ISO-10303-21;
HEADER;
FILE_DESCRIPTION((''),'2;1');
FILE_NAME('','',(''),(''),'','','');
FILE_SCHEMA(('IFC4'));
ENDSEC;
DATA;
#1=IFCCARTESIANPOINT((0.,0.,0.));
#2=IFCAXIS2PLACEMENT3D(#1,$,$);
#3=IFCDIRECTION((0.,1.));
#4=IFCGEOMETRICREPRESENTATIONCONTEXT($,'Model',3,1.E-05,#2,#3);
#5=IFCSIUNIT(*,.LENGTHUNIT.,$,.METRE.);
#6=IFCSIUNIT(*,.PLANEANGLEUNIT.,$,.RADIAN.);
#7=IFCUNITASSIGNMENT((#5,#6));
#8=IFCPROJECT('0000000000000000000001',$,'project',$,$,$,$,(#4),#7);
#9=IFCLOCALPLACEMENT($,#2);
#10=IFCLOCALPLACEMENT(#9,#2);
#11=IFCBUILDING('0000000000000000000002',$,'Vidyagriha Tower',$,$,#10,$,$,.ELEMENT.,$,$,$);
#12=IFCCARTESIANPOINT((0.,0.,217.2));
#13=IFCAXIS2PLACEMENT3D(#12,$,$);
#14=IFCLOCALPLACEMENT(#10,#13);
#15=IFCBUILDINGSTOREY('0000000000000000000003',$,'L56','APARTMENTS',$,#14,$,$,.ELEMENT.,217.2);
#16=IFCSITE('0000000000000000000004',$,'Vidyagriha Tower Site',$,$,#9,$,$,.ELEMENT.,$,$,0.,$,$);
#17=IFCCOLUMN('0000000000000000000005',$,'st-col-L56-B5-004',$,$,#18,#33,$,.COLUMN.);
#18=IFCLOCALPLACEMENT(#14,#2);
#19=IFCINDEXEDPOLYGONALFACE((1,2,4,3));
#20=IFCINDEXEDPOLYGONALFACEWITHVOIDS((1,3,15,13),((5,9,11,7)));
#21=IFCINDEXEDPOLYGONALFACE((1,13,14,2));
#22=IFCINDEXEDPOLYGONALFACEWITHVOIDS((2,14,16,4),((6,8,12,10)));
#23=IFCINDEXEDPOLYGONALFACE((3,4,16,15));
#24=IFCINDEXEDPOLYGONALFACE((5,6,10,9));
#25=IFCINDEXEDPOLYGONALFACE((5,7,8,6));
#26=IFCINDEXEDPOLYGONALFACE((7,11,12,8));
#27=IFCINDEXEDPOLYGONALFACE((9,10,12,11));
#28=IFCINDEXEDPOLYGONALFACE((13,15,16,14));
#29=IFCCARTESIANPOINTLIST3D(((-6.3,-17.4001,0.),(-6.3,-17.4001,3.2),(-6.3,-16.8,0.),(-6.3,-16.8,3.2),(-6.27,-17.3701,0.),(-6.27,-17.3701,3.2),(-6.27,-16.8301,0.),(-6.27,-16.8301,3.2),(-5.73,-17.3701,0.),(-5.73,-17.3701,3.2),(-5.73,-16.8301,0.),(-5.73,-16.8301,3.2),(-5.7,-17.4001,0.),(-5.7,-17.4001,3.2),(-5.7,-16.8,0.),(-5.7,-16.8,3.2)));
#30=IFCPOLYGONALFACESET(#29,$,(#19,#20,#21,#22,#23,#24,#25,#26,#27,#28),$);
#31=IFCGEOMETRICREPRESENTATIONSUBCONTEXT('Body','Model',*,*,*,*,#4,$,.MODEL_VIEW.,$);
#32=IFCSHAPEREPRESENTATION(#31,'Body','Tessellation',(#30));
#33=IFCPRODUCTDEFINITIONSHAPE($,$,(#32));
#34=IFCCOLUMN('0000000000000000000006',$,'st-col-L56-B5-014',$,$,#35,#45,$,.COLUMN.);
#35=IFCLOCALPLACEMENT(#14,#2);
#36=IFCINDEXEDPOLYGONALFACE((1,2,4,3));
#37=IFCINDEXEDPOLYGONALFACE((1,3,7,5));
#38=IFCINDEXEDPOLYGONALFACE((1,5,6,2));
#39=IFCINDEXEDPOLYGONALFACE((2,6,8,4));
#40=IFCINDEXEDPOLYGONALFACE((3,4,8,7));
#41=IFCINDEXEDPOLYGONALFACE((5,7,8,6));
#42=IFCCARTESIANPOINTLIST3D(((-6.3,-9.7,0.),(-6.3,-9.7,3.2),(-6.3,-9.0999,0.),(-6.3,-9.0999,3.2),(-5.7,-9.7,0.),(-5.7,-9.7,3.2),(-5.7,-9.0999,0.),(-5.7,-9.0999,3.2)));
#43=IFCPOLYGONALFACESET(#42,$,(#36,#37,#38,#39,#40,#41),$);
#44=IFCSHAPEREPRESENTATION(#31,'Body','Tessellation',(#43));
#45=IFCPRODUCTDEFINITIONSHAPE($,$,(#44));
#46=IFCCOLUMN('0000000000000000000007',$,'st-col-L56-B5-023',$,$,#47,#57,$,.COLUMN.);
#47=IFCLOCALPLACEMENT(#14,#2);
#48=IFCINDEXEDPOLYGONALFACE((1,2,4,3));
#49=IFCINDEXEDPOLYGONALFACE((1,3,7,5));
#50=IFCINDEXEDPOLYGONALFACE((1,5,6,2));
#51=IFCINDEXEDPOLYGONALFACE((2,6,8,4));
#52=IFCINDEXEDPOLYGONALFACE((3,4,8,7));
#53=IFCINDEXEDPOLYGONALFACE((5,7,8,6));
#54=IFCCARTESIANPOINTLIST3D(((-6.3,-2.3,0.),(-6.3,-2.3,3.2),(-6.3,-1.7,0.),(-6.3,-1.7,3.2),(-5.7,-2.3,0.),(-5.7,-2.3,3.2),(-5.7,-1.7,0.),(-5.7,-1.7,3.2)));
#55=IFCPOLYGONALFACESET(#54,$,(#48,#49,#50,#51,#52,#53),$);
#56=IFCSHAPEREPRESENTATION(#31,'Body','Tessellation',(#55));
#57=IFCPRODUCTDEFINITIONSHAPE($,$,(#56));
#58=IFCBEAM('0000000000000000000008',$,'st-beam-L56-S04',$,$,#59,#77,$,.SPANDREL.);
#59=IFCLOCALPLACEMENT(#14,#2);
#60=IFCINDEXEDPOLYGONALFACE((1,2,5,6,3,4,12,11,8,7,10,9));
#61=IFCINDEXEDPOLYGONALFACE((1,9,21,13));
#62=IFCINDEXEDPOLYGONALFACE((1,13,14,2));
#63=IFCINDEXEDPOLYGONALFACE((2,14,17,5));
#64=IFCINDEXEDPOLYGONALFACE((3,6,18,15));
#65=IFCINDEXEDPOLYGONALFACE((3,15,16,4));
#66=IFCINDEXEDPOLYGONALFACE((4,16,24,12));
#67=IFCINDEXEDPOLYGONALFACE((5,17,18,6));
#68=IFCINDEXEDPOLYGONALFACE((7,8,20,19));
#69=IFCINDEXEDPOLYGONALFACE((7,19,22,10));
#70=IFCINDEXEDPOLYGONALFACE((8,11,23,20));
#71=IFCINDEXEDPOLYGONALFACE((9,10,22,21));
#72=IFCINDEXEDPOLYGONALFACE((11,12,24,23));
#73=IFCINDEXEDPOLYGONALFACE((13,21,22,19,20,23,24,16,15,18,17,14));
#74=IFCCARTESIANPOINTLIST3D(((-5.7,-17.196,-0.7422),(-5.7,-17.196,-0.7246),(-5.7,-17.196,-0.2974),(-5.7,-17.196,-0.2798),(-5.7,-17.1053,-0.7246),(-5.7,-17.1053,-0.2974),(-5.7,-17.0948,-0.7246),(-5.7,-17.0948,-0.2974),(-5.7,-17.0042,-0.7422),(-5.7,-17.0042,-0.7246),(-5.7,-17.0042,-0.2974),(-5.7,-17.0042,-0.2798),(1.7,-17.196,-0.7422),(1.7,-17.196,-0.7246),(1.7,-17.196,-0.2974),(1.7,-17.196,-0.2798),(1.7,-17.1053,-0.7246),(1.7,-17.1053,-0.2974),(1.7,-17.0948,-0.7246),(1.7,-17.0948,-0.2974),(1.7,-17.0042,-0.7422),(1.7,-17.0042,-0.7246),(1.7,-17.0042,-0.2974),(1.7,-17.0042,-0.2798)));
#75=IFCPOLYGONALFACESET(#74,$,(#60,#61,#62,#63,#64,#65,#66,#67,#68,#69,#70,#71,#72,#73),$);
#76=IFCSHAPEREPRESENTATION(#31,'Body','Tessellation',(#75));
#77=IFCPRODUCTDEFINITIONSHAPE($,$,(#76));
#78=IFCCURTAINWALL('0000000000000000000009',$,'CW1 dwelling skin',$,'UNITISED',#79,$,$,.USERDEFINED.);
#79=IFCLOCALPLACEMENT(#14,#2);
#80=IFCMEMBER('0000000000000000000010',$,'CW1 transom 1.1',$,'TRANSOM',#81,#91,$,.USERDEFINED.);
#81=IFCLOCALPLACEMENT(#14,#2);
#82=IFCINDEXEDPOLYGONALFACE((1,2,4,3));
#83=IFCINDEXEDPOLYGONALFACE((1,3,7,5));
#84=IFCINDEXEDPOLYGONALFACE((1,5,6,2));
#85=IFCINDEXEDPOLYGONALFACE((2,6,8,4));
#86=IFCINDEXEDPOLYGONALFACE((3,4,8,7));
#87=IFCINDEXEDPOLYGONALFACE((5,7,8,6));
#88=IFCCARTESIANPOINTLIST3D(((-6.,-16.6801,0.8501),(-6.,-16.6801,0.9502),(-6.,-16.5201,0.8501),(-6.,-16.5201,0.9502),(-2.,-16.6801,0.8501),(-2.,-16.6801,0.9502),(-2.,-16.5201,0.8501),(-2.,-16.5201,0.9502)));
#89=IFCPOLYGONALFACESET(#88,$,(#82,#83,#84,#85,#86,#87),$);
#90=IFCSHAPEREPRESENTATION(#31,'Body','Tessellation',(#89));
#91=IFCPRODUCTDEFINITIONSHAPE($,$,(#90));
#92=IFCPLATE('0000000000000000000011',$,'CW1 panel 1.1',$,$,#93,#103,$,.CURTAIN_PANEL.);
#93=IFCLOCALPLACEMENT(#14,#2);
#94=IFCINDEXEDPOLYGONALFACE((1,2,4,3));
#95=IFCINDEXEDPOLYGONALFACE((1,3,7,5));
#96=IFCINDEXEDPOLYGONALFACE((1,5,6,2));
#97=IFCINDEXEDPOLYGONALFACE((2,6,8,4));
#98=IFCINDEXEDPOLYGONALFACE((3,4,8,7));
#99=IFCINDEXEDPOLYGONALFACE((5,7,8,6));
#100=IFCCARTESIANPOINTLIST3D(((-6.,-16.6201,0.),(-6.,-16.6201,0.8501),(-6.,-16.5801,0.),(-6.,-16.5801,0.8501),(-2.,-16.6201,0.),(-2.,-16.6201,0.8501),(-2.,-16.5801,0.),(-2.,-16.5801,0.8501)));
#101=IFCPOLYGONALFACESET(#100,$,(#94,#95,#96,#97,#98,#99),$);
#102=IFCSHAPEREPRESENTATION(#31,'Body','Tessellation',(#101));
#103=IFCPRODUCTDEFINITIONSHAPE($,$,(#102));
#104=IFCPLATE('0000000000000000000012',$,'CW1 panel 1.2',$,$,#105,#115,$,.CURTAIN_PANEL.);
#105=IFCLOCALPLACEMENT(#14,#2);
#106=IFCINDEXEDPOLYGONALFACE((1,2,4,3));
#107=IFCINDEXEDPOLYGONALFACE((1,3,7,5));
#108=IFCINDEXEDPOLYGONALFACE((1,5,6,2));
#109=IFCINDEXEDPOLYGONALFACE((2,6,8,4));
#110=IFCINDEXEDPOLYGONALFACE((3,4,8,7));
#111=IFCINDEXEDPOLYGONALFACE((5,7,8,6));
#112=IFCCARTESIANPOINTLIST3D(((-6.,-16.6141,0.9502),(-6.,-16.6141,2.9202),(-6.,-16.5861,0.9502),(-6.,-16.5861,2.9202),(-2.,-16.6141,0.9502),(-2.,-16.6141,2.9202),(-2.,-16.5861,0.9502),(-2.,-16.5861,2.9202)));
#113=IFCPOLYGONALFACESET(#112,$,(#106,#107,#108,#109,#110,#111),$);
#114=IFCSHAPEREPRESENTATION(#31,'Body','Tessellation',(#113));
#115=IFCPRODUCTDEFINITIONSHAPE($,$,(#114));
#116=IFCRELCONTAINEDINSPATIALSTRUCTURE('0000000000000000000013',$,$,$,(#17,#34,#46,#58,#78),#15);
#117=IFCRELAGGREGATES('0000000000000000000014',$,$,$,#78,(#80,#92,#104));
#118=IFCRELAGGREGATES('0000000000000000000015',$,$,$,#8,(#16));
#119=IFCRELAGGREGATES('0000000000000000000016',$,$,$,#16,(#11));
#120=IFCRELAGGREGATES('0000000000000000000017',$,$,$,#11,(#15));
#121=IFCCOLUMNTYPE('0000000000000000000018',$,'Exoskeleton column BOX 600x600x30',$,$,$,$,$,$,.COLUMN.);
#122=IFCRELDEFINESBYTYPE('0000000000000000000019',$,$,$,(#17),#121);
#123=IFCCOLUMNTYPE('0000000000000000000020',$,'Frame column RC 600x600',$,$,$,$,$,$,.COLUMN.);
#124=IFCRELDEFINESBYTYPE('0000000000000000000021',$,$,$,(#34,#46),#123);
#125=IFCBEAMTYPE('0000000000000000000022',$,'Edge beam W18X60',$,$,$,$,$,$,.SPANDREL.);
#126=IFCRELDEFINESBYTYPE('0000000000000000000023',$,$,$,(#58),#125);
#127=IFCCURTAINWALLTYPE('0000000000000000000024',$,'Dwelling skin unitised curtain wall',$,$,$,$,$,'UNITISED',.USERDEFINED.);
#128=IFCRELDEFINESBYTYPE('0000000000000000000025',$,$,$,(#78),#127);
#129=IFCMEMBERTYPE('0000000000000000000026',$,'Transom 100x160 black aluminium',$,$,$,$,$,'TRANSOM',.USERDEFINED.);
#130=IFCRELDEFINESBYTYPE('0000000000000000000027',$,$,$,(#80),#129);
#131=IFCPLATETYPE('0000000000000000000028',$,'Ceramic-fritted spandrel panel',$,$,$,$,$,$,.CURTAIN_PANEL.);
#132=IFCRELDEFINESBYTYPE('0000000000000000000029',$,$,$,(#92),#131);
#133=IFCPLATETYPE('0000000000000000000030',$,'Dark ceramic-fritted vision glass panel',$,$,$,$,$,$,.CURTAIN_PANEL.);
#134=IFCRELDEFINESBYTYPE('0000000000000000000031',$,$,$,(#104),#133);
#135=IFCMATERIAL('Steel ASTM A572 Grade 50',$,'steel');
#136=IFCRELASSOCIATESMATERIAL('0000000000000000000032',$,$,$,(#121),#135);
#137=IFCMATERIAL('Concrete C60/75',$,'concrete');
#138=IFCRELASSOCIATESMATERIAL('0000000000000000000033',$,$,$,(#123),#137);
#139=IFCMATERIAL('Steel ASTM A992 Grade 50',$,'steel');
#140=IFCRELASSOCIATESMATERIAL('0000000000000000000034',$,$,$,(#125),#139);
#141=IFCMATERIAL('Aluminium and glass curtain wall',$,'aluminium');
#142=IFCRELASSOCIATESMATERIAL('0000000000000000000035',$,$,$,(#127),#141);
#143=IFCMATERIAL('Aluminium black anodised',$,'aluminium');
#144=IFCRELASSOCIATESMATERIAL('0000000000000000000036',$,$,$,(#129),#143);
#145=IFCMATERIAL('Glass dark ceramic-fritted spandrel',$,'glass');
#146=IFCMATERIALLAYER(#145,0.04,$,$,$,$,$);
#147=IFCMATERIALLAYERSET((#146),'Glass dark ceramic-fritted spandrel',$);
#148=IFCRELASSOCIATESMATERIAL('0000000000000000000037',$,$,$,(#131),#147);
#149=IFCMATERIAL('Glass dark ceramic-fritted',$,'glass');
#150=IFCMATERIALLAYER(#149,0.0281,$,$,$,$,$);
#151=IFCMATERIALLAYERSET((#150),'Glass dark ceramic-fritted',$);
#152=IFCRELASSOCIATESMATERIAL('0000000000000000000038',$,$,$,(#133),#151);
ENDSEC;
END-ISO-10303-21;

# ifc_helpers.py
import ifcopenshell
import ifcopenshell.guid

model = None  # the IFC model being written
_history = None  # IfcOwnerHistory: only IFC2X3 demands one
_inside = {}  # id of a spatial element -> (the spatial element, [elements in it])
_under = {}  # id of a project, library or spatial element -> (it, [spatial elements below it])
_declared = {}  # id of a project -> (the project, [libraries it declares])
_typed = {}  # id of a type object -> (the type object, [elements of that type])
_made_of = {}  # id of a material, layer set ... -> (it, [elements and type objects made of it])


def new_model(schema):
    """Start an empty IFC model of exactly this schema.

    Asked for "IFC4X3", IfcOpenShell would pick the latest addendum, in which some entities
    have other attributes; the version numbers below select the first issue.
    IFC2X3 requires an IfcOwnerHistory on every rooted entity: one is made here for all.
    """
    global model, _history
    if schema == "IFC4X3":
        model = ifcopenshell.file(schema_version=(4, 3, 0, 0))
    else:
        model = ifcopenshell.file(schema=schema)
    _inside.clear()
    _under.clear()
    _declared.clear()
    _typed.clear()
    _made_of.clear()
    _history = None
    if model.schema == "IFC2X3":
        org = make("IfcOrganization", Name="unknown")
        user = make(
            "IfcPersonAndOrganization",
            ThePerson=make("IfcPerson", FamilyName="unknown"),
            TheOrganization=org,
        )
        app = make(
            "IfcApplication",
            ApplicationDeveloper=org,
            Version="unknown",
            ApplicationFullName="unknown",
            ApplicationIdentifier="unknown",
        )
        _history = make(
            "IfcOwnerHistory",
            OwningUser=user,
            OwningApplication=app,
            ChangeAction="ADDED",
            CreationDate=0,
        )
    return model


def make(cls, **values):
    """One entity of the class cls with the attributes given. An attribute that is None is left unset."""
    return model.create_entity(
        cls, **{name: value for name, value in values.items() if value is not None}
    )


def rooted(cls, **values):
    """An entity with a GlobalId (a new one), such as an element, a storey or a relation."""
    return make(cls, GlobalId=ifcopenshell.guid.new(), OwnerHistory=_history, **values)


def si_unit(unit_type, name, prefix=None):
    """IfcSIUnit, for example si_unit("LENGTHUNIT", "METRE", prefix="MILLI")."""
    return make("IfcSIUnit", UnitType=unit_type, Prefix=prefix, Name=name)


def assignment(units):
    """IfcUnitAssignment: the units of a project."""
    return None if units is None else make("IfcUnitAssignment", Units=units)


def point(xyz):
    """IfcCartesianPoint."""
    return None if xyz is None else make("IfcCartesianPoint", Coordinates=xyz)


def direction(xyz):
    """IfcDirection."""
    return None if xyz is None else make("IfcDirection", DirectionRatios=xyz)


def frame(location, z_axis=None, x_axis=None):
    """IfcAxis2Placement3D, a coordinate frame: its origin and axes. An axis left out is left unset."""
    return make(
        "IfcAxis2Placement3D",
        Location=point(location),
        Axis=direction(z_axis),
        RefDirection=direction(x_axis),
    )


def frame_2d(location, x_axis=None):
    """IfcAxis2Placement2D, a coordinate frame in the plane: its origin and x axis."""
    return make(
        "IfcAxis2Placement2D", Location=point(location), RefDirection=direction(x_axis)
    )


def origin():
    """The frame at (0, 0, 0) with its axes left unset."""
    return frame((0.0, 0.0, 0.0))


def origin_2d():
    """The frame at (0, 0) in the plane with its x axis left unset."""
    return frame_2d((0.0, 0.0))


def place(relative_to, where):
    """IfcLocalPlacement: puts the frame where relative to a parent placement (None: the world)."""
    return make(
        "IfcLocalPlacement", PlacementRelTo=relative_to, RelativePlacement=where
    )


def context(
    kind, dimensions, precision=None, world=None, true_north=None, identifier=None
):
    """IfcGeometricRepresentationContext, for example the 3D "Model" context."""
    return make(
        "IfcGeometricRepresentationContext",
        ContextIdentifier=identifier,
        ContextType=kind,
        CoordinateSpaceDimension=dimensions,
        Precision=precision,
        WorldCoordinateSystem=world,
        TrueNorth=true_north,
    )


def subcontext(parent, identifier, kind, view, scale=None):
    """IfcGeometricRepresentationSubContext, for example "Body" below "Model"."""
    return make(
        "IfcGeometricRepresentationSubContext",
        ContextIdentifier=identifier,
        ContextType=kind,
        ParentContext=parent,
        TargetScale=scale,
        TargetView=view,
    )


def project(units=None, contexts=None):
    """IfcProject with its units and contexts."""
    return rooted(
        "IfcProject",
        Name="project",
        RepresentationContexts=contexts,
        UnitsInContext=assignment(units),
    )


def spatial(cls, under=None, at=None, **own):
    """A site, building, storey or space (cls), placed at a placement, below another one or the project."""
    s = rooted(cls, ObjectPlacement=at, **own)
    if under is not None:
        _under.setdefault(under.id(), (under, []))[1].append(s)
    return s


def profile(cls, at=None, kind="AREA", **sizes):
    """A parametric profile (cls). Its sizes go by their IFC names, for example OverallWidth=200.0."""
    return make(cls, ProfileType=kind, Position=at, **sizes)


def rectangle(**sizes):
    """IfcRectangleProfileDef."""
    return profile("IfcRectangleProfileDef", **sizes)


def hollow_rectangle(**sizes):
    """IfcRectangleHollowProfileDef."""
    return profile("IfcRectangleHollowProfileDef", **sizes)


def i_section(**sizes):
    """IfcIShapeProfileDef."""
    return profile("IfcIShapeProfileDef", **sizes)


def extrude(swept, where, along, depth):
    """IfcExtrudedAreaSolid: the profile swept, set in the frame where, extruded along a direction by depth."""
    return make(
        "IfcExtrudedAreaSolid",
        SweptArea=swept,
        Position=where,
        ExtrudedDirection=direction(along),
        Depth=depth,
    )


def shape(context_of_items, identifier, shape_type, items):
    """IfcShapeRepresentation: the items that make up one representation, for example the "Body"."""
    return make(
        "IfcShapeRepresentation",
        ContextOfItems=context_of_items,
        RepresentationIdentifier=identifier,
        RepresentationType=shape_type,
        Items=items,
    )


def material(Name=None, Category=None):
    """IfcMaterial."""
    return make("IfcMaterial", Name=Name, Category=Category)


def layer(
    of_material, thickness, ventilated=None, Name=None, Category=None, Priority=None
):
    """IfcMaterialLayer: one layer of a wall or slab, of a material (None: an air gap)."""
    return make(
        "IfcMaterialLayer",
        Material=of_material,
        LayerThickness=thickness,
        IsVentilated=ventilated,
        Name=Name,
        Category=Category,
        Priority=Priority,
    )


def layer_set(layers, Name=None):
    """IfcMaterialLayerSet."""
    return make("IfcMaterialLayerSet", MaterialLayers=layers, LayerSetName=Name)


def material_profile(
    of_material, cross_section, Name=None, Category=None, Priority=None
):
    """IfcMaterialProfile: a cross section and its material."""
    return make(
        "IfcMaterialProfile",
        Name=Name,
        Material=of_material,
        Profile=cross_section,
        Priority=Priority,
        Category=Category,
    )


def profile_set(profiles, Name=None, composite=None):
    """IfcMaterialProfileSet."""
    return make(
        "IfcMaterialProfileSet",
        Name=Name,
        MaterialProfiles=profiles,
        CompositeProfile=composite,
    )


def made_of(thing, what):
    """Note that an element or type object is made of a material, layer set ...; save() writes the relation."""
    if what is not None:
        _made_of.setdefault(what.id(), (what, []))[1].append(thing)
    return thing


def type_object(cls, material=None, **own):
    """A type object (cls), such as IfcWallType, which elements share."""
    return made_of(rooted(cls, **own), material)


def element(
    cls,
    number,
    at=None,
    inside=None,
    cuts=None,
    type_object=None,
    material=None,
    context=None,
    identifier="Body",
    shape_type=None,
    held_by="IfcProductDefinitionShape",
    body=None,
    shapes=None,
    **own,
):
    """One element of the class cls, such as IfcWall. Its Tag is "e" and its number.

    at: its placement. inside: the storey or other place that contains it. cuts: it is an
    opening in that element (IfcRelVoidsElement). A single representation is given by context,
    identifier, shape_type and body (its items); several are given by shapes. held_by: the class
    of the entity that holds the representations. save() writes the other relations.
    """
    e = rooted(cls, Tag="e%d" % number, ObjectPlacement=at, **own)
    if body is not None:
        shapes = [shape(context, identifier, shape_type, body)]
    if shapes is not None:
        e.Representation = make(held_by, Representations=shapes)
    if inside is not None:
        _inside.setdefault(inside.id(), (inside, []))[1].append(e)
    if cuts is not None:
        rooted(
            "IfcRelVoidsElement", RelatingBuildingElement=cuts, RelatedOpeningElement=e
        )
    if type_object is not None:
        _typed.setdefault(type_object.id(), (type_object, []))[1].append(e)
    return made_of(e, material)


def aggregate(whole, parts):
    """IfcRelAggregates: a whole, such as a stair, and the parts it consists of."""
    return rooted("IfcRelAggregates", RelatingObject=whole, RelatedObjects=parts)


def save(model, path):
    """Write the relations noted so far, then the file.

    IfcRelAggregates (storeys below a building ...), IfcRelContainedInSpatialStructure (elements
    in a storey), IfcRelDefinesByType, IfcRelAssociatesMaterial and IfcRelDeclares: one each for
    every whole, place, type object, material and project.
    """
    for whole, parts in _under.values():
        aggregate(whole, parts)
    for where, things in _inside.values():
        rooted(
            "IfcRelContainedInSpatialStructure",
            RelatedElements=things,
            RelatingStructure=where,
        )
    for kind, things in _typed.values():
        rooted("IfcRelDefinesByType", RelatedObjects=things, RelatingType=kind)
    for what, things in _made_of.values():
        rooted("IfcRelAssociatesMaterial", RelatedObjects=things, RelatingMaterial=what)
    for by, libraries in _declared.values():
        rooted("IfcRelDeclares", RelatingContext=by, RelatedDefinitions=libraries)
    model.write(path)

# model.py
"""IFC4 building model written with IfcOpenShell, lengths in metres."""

from ifc_helpers import new_model, si_unit, direction, frame, origin, origin_2d, place, context, subcontext, project, spatial, rectangle, hollow_rectangle, i_section, extrude, material, layer, layer_set, material_profile, profile_set, type_object, element, aggregate, save


model = new_model("IFC4")

# Units and contexts
model_context = context("Model", 3, precision=1e-05, world=origin(), true_north=direction((0.0, 1.0)))
body_context = subcontext(model_context, "Body", "Model", "MODEL_VIEW")
ifc_project = project(units=[si_unit("LENGTHUNIT", "METRE"), si_unit("PLANEANGLEUNIT", "RADIAN")], contexts=[model_context])

# Site, building, storey
site_placement = place(None, origin())
site = spatial("IfcSite", under=ifc_project, at=site_placement, Name="Vidyagriha Tower Site", CompositionType="ELEMENT", RefElevation=0.0)
building_placement = place(site_placement, origin())
building = spatial("IfcBuilding", under=site, at=building_placement, Name="Vidyagriha Tower", CompositionType="ELEMENT")
storey_placement = place(building_placement, frame((0.0, 0.0, 217.2)))
storey = spatial("IfcBuildingStorey", under=building, at=storey_placement, Name="L56", Description="APARTMENTS", CompositionType="ELEMENT", Elevation=217.2)

# Columns
ifc_material_1 = material(Name="Steel ASTM A572 Grade 50", Category="steel")
ifc_material_profile_1 = material_profile(ifc_material_1, hollow_rectangle(XDim=0.6001, YDim=0.6001, WallThickness=0.03, at=origin_2d()), Name="BOX 600x600x30")
ifc_profile_set_1 = profile_set([ifc_material_profile_1], Name="Steel ASTM A572 Grade 50")
column_type_1 = type_object("IfcColumnType", Name="Exoskeleton column BOX 600x600x30", PredefinedType="COLUMN", material=ifc_profile_set_1)
column_placement = place(storey_placement, frame((-6.0, -17.1001, 0.0)))
element("IfcColumn", 1, at=column_placement, inside=storey, type_object=column_type_1, Name="st-col-L56-B5-004", PredefinedType="COLUMN", context=body_context, shape_type="SweptSolid", body=[
    extrude(hollow_rectangle(XDim=0.6001, YDim=0.6001, WallThickness=0.03, at=origin_2d()), origin(), (0.0, 0.0, 1.0), 3.2),
])
ifc_material_2 = material(Name="Concrete C60/75", Category="concrete")
ifc_material_profile_2 = material_profile(ifc_material_2, rectangle(XDim=0.6001, YDim=0.6001, at=origin_2d()), Name="RC 600x600")
ifc_profile_set_2 = profile_set([ifc_material_profile_2], Name="Concrete C60/75")
column_type_2 = type_object("IfcColumnType", Name="Frame column RC 600x600", PredefinedType="COLUMN", material=ifc_profile_set_2)
for number, where, name in (
    (2, (-6.0, -9.3999, 0.0), "st-col-L56-B5-014"),
    (3, (-6.0, -2.0, 0.0), "st-col-L56-B5-023"),
):
    element("IfcColumn", number, at=place(storey_placement, frame(where)), inside=storey, type_object=column_type_2, Name=name, PredefinedType="COLUMN", context=body_context, shape_type="SweptSolid", body=[
        extrude(rectangle(XDim=0.6001, YDim=0.6001, at=origin_2d()), origin(), (0.0, 0.0, 1.0), 3.2),
    ])

# Beam
ifc_material_3 = material(Name="Steel ASTM A992 Grade 50", Category="steel")
ifc_material_profile_3 = material_profile(ifc_material_3, i_section(OverallWidth=0.1919, OverallDepth=0.4624, WebThickness=0.0105, FlangeThickness=0.0176, at=origin_2d()), Name="W18X60")
ifc_profile_set_3 = profile_set([ifc_material_profile_3], Name="Steel ASTM A992 Grade 50")
beam_type = type_object("IfcBeamType", Name="Edge beam W18X60", PredefinedType="SPANDREL", material=ifc_profile_set_3)
beam_placement = place(storey_placement, frame((-5.7, -17.1001, -0.511), z_axis=(1.0, 0.0, 0.0), x_axis=(0.0, 1.0, 0.0)))
element("IfcBeam", 4, at=beam_placement, inside=storey, type_object=beam_type, Name="st-beam-L56-S04", PredefinedType="SPANDREL", context=body_context, shape_type="SweptSolid", body=[
    extrude(i_section(OverallWidth=0.1919, OverallDepth=0.4624, WebThickness=0.0105, FlangeThickness=0.0176, at=origin_2d()), origin(), (0.0, 0.0, 1.0), 7.3999),
])

# Curtain wall, member, plates
ifc_material_4 = material(Name="Aluminium and glass curtain wall", Category="aluminium")
curtain_wall_type = type_object("IfcCurtainWallType", Name="Dwelling skin unitised curtain wall", ElementType="UNITISED", PredefinedType="USERDEFINED", material=ifc_material_4)
curtain_wall_placement = place(storey_placement, origin())
curtain_wall = element("IfcCurtainWall", 5, at=curtain_wall_placement, inside=storey, type_object=curtain_wall_type, Name="CW1 dwelling skin", ObjectType="UNITISED", PredefinedType="USERDEFINED")
ifc_material_5 = material(Name="Aluminium black anodised", Category="aluminium")
ifc_material_profile_4 = material_profile(ifc_material_5, rectangle(XDim=0.1599, YDim=0.1001, at=origin_2d()), Name="Transom 100x160 black aluminium")
ifc_profile_set_4 = profile_set([ifc_material_profile_4], Name="Aluminium black anodised")
member_type = type_object("IfcMemberType", Name="Transom 100x160 black aluminium", ElementType="TRANSOM", PredefinedType="USERDEFINED", material=ifc_profile_set_4)
member_placement = place(storey_placement, frame((-6.0, -16.6001, 0.9001), z_axis=(1.0, 0.0, 0.0), x_axis=(0.0, 1.0, 0.0)))
member = element("IfcMember", 6, at=member_placement, type_object=member_type, Name="CW1 transom 1.1", ObjectType="TRANSOM", PredefinedType="USERDEFINED", context=body_context, shape_type="SweptSolid", body=[
    extrude(rectangle(XDim=0.1599, YDim=0.1001, at=origin_2d()), origin(), (0.0, 0.0, 1.0), 4.0),
])
ifc_material_6 = material(Name="Glass dark ceramic-fritted spandrel", Category="glass")
ifc_layer_1 = layer(ifc_material_6, 0.04)
ifc_layer_set_1 = layer_set([ifc_layer_1], Name="Glass dark ceramic-fritted spandrel")
plate_type_1 = type_object("IfcPlateType", Name="Ceramic-fritted spandrel panel", PredefinedType="CURTAIN_PANEL", material=ifc_layer_set_1)
plate_1_placement = place(storey_placement, frame((-4.0, -16.6001, 0.0)))
plate_1 = element("IfcPlate", 7, at=plate_1_placement, type_object=plate_type_1, Name="CW1 panel 1.1", PredefinedType="CURTAIN_PANEL", context=body_context, shape_type="SweptSolid", body=[
    extrude(rectangle(XDim=4.0, YDim=0.04, at=origin_2d()), origin(), (0.0, 0.0, 1.0), 0.8501),
])
ifc_material_7 = material(Name="Glass dark ceramic-fritted", Category="glass")
ifc_layer_2 = layer(ifc_material_7, 0.0281)
ifc_layer_set_2 = layer_set([ifc_layer_2], Name="Glass dark ceramic-fritted")
plate_type_2 = type_object("IfcPlateType", Name="Dark ceramic-fritted vision glass panel", PredefinedType="CURTAIN_PANEL", material=ifc_layer_set_2)
plate_2_placement = place(storey_placement, frame((-4.0, -16.6001, 0.9502)))
plate_2 = element("IfcPlate", 8, at=plate_2_placement, type_object=plate_type_2, Name="CW1 panel 1.2", PredefinedType="CURTAIN_PANEL", context=body_context, shape_type="SweptSolid", body=[
    extrude(rectangle(XDim=4.0, YDim=0.0281, at=origin_2d()), origin(), (0.0, 0.0, 1.0), 1.97),
])
aggregate(curtain_wall, [member, plate_1, plate_2])

save(model, "model.ifc")
